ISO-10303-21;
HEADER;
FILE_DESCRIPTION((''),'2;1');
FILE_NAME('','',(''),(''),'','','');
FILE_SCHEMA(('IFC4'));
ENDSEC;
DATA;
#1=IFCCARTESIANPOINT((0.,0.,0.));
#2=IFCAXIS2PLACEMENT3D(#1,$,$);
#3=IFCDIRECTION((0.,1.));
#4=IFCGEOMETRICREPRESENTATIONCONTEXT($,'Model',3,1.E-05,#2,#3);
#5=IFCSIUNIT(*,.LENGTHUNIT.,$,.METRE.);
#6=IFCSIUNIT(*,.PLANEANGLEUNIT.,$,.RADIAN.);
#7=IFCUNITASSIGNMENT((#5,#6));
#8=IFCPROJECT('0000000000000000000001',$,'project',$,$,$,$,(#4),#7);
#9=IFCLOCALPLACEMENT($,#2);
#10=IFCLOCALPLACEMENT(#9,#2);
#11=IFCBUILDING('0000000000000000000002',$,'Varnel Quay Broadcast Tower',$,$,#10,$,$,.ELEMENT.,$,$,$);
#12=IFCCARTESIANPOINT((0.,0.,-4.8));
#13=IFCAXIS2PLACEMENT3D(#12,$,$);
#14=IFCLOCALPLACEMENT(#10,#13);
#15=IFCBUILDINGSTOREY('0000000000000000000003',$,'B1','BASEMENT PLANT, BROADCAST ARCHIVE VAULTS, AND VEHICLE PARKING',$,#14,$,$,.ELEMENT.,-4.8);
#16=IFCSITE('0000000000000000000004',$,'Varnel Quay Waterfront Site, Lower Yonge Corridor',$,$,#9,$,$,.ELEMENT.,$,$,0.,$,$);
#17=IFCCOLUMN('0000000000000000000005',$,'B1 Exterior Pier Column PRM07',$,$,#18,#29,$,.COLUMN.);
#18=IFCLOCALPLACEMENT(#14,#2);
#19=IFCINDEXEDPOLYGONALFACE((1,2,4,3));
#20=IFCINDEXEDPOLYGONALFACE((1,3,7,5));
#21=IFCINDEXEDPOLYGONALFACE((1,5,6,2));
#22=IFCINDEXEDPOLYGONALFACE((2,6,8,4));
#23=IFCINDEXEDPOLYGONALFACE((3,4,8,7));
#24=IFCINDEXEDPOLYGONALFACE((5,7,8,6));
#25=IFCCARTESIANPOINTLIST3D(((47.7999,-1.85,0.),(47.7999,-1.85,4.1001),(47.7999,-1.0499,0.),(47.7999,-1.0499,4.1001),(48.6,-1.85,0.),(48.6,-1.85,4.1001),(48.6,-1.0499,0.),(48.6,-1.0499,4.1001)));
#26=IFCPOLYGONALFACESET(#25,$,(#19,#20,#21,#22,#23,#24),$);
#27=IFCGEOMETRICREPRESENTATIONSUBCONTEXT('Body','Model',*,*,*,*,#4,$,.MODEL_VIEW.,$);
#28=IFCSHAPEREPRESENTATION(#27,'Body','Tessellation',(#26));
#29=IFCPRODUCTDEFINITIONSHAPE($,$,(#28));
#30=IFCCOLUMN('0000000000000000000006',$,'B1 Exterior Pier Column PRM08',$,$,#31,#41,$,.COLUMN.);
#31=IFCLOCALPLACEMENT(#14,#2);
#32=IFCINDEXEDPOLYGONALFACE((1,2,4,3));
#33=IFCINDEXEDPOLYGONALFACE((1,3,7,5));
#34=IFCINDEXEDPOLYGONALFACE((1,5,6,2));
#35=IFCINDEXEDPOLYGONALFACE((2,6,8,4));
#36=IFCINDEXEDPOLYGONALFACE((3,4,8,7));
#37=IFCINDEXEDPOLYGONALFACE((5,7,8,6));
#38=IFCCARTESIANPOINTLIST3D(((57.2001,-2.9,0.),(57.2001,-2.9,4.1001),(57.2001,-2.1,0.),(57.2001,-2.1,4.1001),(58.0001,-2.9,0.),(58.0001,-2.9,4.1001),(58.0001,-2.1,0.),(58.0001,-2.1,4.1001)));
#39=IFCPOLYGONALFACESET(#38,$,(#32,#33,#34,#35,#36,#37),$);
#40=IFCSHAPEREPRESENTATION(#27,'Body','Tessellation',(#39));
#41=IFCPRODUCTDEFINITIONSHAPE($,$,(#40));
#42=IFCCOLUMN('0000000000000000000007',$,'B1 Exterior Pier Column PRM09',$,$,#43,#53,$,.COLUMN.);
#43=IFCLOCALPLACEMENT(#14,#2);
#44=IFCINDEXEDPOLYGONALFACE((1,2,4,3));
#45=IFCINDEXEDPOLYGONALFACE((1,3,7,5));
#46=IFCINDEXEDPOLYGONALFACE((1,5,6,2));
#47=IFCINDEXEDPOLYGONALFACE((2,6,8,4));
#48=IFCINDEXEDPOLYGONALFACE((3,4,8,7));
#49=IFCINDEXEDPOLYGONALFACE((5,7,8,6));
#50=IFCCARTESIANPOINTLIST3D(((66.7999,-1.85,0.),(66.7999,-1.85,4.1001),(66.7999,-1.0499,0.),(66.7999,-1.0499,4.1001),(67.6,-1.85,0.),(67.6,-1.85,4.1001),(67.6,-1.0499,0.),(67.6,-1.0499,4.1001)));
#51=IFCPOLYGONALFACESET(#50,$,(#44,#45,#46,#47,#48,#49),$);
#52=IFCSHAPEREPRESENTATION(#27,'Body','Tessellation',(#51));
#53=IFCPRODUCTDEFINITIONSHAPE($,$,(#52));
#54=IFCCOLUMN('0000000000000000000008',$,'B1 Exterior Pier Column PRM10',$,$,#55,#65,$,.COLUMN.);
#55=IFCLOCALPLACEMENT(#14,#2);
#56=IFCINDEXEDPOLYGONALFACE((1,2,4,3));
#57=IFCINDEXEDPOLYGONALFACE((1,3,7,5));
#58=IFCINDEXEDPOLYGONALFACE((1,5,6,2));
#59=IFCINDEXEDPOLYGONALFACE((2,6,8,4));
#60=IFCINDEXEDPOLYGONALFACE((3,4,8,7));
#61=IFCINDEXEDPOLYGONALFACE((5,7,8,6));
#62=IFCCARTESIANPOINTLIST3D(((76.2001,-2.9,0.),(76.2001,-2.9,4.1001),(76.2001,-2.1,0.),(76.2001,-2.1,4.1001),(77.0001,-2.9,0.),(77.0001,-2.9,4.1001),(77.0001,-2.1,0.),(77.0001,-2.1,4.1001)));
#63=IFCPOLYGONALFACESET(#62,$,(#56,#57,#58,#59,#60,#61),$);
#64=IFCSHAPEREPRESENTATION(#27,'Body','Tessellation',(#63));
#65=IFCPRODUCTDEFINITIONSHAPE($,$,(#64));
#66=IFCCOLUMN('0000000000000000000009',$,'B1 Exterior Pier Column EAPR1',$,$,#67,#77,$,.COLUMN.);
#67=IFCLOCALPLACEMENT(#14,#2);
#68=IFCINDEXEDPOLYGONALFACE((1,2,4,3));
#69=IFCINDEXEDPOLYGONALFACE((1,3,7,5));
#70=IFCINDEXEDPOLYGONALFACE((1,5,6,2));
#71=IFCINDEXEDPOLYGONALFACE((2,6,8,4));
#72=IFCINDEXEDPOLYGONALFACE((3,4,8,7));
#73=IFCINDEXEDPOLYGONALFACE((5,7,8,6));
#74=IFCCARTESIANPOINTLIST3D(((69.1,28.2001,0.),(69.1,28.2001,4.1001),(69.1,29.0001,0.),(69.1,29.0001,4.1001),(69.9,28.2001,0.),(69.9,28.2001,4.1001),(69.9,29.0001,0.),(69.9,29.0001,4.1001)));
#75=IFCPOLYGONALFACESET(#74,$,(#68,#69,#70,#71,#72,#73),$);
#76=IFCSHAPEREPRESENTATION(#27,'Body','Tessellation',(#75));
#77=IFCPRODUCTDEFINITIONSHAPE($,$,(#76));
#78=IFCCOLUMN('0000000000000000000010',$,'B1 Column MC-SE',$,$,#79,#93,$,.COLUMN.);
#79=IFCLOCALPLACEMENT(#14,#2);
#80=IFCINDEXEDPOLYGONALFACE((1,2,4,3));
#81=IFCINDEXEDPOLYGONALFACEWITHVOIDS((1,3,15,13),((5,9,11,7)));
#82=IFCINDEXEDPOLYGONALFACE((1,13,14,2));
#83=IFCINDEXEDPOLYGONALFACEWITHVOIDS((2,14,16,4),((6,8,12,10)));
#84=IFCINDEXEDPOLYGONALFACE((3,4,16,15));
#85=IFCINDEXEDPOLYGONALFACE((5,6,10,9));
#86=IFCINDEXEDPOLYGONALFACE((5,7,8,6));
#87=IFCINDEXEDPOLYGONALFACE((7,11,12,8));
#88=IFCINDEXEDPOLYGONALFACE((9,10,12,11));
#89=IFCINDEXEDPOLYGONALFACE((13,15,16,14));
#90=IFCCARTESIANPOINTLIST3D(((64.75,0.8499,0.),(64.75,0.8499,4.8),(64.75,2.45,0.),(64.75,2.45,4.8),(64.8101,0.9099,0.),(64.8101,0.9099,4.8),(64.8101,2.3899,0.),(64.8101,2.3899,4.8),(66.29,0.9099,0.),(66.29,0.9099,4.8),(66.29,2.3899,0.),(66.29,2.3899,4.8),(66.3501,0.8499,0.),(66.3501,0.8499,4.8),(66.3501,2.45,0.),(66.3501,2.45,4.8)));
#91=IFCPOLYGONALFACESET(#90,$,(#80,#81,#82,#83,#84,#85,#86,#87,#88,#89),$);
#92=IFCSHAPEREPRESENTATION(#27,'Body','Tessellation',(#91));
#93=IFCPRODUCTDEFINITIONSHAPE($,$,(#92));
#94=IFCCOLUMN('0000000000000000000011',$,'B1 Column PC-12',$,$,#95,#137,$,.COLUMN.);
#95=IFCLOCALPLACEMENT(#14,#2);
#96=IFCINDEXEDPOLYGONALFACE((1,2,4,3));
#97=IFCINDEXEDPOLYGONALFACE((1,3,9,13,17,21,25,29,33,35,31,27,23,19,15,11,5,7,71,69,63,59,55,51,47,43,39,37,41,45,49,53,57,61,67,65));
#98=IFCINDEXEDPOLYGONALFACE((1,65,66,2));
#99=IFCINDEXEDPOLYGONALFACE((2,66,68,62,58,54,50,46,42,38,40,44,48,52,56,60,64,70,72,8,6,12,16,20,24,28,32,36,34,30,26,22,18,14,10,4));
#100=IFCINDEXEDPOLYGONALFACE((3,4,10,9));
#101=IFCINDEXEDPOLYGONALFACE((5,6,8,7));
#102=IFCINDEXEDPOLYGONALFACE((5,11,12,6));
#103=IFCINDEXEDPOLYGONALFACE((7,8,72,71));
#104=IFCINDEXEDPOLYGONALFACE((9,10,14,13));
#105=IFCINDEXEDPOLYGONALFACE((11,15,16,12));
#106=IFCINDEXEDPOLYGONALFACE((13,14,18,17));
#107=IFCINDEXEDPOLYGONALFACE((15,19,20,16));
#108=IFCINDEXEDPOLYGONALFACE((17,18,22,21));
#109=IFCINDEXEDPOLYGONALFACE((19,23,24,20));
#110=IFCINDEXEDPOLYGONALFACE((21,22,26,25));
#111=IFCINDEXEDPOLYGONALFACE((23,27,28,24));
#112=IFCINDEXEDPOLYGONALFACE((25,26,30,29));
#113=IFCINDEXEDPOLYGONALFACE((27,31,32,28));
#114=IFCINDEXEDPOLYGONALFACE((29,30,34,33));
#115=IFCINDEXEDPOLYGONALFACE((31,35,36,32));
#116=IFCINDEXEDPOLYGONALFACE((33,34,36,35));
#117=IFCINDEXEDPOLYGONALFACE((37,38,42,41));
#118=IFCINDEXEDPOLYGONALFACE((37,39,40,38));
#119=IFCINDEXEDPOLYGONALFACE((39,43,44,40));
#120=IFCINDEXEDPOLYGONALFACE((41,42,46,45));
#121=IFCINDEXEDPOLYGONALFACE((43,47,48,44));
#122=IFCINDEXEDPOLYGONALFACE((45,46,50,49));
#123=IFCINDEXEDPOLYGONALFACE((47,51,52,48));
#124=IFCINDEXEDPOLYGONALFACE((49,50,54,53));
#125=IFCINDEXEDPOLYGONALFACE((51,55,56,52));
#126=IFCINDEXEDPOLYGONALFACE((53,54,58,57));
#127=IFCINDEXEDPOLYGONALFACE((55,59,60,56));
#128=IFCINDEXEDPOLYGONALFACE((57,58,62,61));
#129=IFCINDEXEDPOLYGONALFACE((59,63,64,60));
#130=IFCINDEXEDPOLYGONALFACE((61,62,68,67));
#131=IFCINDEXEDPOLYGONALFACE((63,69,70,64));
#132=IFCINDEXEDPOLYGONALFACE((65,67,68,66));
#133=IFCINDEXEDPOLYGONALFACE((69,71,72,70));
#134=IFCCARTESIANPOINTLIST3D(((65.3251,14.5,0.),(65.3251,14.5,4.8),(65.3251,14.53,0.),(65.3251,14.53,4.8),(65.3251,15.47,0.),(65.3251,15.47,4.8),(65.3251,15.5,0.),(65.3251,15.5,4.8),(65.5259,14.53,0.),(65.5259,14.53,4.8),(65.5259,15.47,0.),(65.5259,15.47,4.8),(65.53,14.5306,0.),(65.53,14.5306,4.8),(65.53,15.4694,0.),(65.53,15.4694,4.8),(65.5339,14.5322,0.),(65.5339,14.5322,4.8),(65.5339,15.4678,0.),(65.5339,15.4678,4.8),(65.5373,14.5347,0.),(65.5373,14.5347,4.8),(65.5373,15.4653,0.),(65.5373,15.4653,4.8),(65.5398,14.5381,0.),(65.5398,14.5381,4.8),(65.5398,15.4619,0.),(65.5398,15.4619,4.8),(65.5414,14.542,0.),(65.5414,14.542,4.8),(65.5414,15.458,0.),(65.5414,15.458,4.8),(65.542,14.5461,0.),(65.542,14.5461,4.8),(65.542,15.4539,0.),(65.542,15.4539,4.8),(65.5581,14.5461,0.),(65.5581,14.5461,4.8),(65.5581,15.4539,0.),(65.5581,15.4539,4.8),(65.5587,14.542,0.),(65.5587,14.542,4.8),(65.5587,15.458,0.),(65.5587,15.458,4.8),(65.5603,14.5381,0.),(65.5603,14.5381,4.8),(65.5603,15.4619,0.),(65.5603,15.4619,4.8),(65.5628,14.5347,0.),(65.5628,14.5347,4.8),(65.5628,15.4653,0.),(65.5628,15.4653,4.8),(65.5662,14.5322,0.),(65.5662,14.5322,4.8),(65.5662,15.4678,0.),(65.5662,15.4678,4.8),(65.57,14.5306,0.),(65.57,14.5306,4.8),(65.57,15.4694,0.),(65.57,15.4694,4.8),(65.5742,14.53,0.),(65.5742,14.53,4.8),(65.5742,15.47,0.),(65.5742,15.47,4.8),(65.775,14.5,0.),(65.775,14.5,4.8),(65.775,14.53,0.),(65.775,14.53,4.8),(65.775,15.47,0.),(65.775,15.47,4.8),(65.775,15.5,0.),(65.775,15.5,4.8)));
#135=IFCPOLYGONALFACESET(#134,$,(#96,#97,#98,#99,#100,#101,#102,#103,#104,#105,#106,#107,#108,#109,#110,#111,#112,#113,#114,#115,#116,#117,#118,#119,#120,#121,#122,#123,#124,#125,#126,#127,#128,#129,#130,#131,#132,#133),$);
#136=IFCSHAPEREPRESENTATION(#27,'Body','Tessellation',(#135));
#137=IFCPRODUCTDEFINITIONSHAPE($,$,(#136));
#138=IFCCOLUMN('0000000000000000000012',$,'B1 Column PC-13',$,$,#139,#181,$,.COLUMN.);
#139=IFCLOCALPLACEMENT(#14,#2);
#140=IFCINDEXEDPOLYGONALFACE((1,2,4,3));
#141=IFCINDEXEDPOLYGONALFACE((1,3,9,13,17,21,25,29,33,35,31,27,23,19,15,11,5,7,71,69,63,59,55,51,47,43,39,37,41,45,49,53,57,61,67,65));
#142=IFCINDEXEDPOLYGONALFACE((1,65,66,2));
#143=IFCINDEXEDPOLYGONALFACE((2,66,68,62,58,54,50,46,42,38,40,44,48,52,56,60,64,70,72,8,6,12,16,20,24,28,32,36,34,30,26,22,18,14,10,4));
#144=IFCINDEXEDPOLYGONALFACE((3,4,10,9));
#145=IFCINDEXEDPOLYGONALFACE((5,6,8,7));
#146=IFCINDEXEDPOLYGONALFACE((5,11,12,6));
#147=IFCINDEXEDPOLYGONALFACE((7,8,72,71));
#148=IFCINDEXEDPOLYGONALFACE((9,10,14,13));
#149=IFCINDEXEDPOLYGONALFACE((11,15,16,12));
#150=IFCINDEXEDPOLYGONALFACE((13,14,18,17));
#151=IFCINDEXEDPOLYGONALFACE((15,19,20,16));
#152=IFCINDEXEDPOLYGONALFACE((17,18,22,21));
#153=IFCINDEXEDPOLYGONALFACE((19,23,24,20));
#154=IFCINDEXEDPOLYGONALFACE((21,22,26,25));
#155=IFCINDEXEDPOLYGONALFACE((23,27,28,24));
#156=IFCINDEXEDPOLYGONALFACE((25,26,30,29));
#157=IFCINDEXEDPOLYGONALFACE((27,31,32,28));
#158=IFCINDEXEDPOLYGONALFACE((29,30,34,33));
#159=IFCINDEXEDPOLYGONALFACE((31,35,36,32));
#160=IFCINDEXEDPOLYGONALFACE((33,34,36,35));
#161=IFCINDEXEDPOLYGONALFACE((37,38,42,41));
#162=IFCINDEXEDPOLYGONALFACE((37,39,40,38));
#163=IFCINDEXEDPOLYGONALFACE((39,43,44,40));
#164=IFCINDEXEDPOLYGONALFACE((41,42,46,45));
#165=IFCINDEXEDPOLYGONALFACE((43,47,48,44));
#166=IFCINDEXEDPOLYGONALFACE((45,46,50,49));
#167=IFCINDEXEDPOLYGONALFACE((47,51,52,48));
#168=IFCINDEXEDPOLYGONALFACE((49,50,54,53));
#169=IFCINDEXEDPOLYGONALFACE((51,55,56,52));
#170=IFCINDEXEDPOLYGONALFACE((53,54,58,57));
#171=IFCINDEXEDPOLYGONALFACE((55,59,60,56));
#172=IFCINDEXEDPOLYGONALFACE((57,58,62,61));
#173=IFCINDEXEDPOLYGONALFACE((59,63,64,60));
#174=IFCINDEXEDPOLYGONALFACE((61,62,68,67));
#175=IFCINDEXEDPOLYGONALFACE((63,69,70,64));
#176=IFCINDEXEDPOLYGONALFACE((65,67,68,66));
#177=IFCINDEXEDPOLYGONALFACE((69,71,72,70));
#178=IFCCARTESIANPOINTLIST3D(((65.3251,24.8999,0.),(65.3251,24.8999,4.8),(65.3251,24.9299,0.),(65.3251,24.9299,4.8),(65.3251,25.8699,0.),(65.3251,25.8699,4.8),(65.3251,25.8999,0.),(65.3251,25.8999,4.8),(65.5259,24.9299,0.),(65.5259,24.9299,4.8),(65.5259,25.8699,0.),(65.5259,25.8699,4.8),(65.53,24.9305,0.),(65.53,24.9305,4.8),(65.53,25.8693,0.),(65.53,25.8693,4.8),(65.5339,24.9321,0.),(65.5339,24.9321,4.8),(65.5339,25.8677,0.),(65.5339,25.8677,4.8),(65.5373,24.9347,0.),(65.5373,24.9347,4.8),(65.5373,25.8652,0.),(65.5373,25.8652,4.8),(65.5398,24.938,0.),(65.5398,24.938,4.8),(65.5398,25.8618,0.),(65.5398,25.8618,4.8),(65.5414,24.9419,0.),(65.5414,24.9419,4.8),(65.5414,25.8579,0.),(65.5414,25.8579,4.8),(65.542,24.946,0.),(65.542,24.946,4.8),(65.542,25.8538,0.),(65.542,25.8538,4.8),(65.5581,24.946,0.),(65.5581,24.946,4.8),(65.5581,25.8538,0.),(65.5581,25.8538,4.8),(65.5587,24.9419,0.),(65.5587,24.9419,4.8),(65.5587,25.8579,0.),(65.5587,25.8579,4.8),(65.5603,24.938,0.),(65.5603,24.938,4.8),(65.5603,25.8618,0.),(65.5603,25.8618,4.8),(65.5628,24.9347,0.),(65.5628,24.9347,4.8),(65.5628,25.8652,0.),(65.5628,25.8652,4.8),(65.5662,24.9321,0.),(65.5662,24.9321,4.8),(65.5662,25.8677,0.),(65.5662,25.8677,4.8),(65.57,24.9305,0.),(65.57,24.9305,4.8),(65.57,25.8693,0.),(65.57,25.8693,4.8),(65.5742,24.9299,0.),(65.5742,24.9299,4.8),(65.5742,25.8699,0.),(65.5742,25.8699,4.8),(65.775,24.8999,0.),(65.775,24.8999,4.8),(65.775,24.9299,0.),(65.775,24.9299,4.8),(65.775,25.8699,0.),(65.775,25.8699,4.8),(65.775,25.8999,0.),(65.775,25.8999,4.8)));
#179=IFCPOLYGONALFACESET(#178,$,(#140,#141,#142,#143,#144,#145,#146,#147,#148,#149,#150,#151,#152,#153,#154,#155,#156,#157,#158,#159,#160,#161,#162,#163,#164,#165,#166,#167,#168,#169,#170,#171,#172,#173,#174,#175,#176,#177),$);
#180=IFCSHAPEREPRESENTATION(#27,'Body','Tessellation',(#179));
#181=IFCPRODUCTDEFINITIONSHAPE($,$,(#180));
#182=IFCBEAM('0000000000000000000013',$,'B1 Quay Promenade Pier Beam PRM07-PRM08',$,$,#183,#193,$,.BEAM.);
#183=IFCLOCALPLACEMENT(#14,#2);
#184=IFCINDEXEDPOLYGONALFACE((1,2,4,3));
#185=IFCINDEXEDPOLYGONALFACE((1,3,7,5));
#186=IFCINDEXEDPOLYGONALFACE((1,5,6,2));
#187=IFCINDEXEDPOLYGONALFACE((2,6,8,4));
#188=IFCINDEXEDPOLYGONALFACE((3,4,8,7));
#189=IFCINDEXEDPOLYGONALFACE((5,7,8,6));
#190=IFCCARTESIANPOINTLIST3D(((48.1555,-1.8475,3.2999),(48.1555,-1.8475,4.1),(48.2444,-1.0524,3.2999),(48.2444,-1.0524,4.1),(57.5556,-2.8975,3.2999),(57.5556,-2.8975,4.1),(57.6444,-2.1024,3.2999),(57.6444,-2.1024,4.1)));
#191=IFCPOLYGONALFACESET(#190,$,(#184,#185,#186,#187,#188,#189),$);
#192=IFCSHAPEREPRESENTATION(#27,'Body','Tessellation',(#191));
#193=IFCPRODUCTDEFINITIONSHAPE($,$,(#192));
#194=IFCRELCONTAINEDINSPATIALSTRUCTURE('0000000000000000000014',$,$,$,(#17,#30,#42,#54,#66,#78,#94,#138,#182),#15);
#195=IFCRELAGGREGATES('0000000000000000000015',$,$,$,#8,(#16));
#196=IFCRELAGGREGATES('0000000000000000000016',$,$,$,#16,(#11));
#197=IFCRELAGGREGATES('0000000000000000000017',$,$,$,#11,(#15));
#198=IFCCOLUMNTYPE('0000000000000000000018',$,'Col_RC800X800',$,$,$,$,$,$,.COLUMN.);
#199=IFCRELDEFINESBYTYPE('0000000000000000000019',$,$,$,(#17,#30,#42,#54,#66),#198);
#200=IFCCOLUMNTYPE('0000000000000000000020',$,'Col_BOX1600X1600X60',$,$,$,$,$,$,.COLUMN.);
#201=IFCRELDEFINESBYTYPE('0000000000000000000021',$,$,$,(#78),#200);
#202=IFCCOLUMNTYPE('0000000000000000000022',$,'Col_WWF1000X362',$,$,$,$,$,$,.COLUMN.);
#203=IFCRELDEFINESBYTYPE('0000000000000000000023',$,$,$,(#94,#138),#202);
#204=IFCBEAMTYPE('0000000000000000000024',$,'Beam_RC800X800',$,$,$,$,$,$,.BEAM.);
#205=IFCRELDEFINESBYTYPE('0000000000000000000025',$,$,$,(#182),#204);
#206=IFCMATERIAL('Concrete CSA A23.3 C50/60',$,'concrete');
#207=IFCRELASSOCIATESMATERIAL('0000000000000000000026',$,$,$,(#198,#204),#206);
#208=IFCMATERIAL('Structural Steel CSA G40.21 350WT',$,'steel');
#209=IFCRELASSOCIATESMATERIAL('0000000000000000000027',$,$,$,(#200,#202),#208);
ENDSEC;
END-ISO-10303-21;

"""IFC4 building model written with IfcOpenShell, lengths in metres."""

from ifc_helpers import new_model, si_unit, direction, frame, origin, origin_2d, place, context, subcontext, project, spatial, rectangle, hollow_rectangle, i_section, extrude, source, transform, mapped, material, material_profile, profile_set, type_object, type_shapes, element, save


model = new_model("IFC4")

# Units and contexts
model_context = context("Model", 3, precision=1e-05, world=origin(), true_north=direction((0.0, 1.0)))
body_context = subcontext(model_context, "Body", "Model", "MODEL_VIEW")
ifc_project = project(units=[si_unit("LENGTHUNIT", "METRE"), si_unit("PLANEANGLEUNIT", "RADIAN")], contexts=[model_context])

# Site, building, storey
site_placement = place(None, origin())
site = spatial("IfcSite", under=ifc_project, at=site_placement, Name="Varnel Quay Waterfront Site, Lower Yonge Corridor", CompositionType="ELEMENT", RefElevation=0.0)
building_placement = place(site_placement, origin())
building = spatial("IfcBuilding", under=site, at=building_placement, Name="Varnel Quay Broadcast Tower", CompositionType="ELEMENT")
storey_placement = place(building_placement, frame((0.0, 0.0, -4.8)))
storey = spatial("IfcBuildingStorey", under=building, at=storey_placement, Name="B1", Description="BASEMENT PLANT, BROADCAST ARCHIVE VAULTS, AND VEHICLE PARKING", CompositionType="ELEMENT", Elevation=-4.8)

# Columns
ifc_material_1 = material(Name="Concrete CSA A23.3 C50/60", Category="concrete")
ifc_material_profile_1 = material_profile(ifc_material_1, rectangle(XDim=0.8, YDim=0.8, at=origin_2d()), Name="RC800X800")
ifc_profile_set_1 = profile_set([ifc_material_profile_1], Name="Concrete CSA A23.3 C50/60")
column_type_1 = type_object("IfcColumnType", Name="Col_RC800X800", PredefinedType="COLUMN", material=ifc_profile_set_1)
shared_shape_1 = source(origin(), body_context, "Body", "SweptSolid", [
    extrude(rectangle(XDim=0.8, YDim=0.8, at=origin_2d()), origin(), (0.0, 0.0, 1.0), 4.1001),
])
type_shapes(column_type_1, [shared_shape_1])
for number, where, z_axis, x_axis, name in (
    (1, (48.2, -1.45, 0.0), (0.0, 0.0, 1.0), (1.0, 0.0, 0.0), "B1 Exterior Pier Column PRM07"),
    (2, (57.6001, -2.5, 0.0), (0.0, 0.0, 1.0), (1.0, 0.0, 0.0), "B1 Exterior Pier Column PRM08"),
    (3, (67.2, -1.45, 0.0), (0.0, 0.0, 1.0), (1.0, 0.0, 0.0), "B1 Exterior Pier Column PRM09"),
    (4, (76.6001, -2.5, 0.0), (0.0, 0.0, 1.0), (1.0, 0.0, 0.0), "B1 Exterior Pier Column PRM10"),
    (5, (69.5, 28.6001, 0.0), (0.0, 0.0, 1.0), (1.0, 0.0, 0.0), "B1 Exterior Pier Column EAPR1"),
):
    element("IfcColumn", number, at=place(storey_placement, frame(where, z_axis=z_axis, x_axis=x_axis)), inside=storey, type_object=column_type_1, Name=name, PredefinedType="COLUMN", context=body_context, shape_type="MappedRepresentation", body=[
        mapped(shared_shape_1, transform((0.0, 0.0, 0.0), x_axis=(1.0, 0.0, 0.0), y_axis=(0.0, 1.0, 0.0), z_axis=(0.0, 0.0, 1.0), scale=1.0)),
    ])
ifc_material_2 = material(Name="Structural Steel CSA G40.21 350WT", Category="steel")
ifc_material_profile_2 = material_profile(ifc_material_2, hollow_rectangle(XDim=1.6001, YDim=1.6001, WallThickness=0.0601, at=origin_2d()), Name="BOX1600X1600X60")
ifc_profile_set_2 = profile_set([ifc_material_profile_2], Name="Structural Steel CSA G40.21 350WT")
column_type_2 = type_object("IfcColumnType", Name="Col_BOX1600X1600X60", PredefinedType="COLUMN", material=ifc_profile_set_2)
shared_shape_2 = source(origin(), body_context, "Body", "SweptSolid", [
    extrude(hollow_rectangle(XDim=1.6001, YDim=1.6001, WallThickness=0.0601, at=origin_2d()), origin(), (0.0, 0.0, 1.0), 4.8),
])
type_shapes(column_type_2, [shared_shape_2])
column_placement = place(storey_placement, frame((65.55, 1.6499, 0.0), z_axis=(0.0, 0.0, 1.0), x_axis=(1.0, 0.0, 0.0)))
element("IfcColumn", 6, at=column_placement, inside=storey, type_object=column_type_2, Name="B1 Column MC-SE", PredefinedType="COLUMN", context=body_context, shape_type="MappedRepresentation", body=[
    mapped(shared_shape_2, transform((0.0, 0.0, 0.0), x_axis=(1.0, 0.0, 0.0), y_axis=(0.0, 1.0, 0.0), z_axis=(0.0, 0.0, 1.0), scale=1.0)),
])
ifc_material_profile_3 = material_profile(ifc_material_2, i_section(OverallWidth=0.45, OverallDepth=1.0, WebThickness=0.0161, FlangeThickness=0.03, FilletRadius=0.0161, at=origin_2d()), Name="WWF1000X362")
ifc_profile_set_3 = profile_set([ifc_material_profile_3], Name="Structural Steel CSA G40.21 350WT")
column_type_3 = type_object("IfcColumnType", Name="Col_WWF1000X362", PredefinedType="COLUMN", material=ifc_profile_set_3)
shared_shape_3 = source(origin(), body_context, "Body", "SweptSolid", [
    extrude(i_section(OverallWidth=0.45, OverallDepth=1.0, WebThickness=0.0161, FlangeThickness=0.03, FilletRadius=0.0161, at=origin_2d()), origin(), (0.0, 0.0, 1.0), 4.8),
])
type_shapes(column_type_3, [shared_shape_3])
for number, where, z_axis, x_axis, name in (
    (7, (65.55, 15.0, 0.0), (0.0, 0.0, 1.0), (1.0, 0.0, 0.0), "B1 Column PC-12"),
    (8, (65.55, 25.3999, 0.0), (0.0, 0.0, 1.0), (1.0, 0.0, 0.0), "B1 Column PC-13"),
):
    element("IfcColumn", number, at=place(storey_placement, frame(where, z_axis=z_axis, x_axis=x_axis)), inside=storey, type_object=column_type_3, Name=name, PredefinedType="COLUMN", context=body_context, shape_type="MappedRepresentation", body=[
        mapped(shared_shape_3, transform((0.0, 0.0, 0.0), x_axis=(1.0, 0.0, 0.0), y_axis=(0.0, 1.0, 0.0), z_axis=(0.0, 0.0, 1.0), scale=1.0)),
    ])

# Beam
ifc_material_profile_4 = material_profile(ifc_material_1, rectangle(XDim=0.8, YDim=0.8, at=origin_2d()), Name="RC800X800")
ifc_profile_set_4 = profile_set([ifc_material_profile_4], Name="Concrete CSA A23.3 C50/60")
beam_type_1 = type_object("IfcBeamType", Name="Beam_RC800X800", PredefinedType="BEAM", material=ifc_profile_set_4)
shared_shape_4 = source(origin(), body_context, "Body", "SweptSolid", [
    extrude(rectangle(XDim=0.8, YDim=0.8, at=origin_2d()), origin(), (0.0, 0.0, 1.0), 9.4585),
])
for number, where, z_axis, x_axis, name in (
    (9, (48.2, -1.45, 3.7), (0.993819, -0.111015, 0.0), (0.111015, 0.993819, 0.0), "B1 Quay Promenade Pier Beam PRM07-PRM08"),
):
    element("IfcBeam", number, at=place(storey_placement, frame(where, z_axis=z_axis, x_axis=x_axis)), inside=storey, type_object=beam_type_1, Name=name, PredefinedType="BEAM", context=body_context, shape_type="MappedRepresentation", body=[
        mapped(shared_shape_4, transform((0.0, 0.0, 0.0), x_axis=(1.0, 0.0, 0.0), y_axis=(0.0, 1.0, 0.0), z_axis=(0.0, 0.0, 1.0), scale=1.0)),
    ])

save(model, "model.ifc")
